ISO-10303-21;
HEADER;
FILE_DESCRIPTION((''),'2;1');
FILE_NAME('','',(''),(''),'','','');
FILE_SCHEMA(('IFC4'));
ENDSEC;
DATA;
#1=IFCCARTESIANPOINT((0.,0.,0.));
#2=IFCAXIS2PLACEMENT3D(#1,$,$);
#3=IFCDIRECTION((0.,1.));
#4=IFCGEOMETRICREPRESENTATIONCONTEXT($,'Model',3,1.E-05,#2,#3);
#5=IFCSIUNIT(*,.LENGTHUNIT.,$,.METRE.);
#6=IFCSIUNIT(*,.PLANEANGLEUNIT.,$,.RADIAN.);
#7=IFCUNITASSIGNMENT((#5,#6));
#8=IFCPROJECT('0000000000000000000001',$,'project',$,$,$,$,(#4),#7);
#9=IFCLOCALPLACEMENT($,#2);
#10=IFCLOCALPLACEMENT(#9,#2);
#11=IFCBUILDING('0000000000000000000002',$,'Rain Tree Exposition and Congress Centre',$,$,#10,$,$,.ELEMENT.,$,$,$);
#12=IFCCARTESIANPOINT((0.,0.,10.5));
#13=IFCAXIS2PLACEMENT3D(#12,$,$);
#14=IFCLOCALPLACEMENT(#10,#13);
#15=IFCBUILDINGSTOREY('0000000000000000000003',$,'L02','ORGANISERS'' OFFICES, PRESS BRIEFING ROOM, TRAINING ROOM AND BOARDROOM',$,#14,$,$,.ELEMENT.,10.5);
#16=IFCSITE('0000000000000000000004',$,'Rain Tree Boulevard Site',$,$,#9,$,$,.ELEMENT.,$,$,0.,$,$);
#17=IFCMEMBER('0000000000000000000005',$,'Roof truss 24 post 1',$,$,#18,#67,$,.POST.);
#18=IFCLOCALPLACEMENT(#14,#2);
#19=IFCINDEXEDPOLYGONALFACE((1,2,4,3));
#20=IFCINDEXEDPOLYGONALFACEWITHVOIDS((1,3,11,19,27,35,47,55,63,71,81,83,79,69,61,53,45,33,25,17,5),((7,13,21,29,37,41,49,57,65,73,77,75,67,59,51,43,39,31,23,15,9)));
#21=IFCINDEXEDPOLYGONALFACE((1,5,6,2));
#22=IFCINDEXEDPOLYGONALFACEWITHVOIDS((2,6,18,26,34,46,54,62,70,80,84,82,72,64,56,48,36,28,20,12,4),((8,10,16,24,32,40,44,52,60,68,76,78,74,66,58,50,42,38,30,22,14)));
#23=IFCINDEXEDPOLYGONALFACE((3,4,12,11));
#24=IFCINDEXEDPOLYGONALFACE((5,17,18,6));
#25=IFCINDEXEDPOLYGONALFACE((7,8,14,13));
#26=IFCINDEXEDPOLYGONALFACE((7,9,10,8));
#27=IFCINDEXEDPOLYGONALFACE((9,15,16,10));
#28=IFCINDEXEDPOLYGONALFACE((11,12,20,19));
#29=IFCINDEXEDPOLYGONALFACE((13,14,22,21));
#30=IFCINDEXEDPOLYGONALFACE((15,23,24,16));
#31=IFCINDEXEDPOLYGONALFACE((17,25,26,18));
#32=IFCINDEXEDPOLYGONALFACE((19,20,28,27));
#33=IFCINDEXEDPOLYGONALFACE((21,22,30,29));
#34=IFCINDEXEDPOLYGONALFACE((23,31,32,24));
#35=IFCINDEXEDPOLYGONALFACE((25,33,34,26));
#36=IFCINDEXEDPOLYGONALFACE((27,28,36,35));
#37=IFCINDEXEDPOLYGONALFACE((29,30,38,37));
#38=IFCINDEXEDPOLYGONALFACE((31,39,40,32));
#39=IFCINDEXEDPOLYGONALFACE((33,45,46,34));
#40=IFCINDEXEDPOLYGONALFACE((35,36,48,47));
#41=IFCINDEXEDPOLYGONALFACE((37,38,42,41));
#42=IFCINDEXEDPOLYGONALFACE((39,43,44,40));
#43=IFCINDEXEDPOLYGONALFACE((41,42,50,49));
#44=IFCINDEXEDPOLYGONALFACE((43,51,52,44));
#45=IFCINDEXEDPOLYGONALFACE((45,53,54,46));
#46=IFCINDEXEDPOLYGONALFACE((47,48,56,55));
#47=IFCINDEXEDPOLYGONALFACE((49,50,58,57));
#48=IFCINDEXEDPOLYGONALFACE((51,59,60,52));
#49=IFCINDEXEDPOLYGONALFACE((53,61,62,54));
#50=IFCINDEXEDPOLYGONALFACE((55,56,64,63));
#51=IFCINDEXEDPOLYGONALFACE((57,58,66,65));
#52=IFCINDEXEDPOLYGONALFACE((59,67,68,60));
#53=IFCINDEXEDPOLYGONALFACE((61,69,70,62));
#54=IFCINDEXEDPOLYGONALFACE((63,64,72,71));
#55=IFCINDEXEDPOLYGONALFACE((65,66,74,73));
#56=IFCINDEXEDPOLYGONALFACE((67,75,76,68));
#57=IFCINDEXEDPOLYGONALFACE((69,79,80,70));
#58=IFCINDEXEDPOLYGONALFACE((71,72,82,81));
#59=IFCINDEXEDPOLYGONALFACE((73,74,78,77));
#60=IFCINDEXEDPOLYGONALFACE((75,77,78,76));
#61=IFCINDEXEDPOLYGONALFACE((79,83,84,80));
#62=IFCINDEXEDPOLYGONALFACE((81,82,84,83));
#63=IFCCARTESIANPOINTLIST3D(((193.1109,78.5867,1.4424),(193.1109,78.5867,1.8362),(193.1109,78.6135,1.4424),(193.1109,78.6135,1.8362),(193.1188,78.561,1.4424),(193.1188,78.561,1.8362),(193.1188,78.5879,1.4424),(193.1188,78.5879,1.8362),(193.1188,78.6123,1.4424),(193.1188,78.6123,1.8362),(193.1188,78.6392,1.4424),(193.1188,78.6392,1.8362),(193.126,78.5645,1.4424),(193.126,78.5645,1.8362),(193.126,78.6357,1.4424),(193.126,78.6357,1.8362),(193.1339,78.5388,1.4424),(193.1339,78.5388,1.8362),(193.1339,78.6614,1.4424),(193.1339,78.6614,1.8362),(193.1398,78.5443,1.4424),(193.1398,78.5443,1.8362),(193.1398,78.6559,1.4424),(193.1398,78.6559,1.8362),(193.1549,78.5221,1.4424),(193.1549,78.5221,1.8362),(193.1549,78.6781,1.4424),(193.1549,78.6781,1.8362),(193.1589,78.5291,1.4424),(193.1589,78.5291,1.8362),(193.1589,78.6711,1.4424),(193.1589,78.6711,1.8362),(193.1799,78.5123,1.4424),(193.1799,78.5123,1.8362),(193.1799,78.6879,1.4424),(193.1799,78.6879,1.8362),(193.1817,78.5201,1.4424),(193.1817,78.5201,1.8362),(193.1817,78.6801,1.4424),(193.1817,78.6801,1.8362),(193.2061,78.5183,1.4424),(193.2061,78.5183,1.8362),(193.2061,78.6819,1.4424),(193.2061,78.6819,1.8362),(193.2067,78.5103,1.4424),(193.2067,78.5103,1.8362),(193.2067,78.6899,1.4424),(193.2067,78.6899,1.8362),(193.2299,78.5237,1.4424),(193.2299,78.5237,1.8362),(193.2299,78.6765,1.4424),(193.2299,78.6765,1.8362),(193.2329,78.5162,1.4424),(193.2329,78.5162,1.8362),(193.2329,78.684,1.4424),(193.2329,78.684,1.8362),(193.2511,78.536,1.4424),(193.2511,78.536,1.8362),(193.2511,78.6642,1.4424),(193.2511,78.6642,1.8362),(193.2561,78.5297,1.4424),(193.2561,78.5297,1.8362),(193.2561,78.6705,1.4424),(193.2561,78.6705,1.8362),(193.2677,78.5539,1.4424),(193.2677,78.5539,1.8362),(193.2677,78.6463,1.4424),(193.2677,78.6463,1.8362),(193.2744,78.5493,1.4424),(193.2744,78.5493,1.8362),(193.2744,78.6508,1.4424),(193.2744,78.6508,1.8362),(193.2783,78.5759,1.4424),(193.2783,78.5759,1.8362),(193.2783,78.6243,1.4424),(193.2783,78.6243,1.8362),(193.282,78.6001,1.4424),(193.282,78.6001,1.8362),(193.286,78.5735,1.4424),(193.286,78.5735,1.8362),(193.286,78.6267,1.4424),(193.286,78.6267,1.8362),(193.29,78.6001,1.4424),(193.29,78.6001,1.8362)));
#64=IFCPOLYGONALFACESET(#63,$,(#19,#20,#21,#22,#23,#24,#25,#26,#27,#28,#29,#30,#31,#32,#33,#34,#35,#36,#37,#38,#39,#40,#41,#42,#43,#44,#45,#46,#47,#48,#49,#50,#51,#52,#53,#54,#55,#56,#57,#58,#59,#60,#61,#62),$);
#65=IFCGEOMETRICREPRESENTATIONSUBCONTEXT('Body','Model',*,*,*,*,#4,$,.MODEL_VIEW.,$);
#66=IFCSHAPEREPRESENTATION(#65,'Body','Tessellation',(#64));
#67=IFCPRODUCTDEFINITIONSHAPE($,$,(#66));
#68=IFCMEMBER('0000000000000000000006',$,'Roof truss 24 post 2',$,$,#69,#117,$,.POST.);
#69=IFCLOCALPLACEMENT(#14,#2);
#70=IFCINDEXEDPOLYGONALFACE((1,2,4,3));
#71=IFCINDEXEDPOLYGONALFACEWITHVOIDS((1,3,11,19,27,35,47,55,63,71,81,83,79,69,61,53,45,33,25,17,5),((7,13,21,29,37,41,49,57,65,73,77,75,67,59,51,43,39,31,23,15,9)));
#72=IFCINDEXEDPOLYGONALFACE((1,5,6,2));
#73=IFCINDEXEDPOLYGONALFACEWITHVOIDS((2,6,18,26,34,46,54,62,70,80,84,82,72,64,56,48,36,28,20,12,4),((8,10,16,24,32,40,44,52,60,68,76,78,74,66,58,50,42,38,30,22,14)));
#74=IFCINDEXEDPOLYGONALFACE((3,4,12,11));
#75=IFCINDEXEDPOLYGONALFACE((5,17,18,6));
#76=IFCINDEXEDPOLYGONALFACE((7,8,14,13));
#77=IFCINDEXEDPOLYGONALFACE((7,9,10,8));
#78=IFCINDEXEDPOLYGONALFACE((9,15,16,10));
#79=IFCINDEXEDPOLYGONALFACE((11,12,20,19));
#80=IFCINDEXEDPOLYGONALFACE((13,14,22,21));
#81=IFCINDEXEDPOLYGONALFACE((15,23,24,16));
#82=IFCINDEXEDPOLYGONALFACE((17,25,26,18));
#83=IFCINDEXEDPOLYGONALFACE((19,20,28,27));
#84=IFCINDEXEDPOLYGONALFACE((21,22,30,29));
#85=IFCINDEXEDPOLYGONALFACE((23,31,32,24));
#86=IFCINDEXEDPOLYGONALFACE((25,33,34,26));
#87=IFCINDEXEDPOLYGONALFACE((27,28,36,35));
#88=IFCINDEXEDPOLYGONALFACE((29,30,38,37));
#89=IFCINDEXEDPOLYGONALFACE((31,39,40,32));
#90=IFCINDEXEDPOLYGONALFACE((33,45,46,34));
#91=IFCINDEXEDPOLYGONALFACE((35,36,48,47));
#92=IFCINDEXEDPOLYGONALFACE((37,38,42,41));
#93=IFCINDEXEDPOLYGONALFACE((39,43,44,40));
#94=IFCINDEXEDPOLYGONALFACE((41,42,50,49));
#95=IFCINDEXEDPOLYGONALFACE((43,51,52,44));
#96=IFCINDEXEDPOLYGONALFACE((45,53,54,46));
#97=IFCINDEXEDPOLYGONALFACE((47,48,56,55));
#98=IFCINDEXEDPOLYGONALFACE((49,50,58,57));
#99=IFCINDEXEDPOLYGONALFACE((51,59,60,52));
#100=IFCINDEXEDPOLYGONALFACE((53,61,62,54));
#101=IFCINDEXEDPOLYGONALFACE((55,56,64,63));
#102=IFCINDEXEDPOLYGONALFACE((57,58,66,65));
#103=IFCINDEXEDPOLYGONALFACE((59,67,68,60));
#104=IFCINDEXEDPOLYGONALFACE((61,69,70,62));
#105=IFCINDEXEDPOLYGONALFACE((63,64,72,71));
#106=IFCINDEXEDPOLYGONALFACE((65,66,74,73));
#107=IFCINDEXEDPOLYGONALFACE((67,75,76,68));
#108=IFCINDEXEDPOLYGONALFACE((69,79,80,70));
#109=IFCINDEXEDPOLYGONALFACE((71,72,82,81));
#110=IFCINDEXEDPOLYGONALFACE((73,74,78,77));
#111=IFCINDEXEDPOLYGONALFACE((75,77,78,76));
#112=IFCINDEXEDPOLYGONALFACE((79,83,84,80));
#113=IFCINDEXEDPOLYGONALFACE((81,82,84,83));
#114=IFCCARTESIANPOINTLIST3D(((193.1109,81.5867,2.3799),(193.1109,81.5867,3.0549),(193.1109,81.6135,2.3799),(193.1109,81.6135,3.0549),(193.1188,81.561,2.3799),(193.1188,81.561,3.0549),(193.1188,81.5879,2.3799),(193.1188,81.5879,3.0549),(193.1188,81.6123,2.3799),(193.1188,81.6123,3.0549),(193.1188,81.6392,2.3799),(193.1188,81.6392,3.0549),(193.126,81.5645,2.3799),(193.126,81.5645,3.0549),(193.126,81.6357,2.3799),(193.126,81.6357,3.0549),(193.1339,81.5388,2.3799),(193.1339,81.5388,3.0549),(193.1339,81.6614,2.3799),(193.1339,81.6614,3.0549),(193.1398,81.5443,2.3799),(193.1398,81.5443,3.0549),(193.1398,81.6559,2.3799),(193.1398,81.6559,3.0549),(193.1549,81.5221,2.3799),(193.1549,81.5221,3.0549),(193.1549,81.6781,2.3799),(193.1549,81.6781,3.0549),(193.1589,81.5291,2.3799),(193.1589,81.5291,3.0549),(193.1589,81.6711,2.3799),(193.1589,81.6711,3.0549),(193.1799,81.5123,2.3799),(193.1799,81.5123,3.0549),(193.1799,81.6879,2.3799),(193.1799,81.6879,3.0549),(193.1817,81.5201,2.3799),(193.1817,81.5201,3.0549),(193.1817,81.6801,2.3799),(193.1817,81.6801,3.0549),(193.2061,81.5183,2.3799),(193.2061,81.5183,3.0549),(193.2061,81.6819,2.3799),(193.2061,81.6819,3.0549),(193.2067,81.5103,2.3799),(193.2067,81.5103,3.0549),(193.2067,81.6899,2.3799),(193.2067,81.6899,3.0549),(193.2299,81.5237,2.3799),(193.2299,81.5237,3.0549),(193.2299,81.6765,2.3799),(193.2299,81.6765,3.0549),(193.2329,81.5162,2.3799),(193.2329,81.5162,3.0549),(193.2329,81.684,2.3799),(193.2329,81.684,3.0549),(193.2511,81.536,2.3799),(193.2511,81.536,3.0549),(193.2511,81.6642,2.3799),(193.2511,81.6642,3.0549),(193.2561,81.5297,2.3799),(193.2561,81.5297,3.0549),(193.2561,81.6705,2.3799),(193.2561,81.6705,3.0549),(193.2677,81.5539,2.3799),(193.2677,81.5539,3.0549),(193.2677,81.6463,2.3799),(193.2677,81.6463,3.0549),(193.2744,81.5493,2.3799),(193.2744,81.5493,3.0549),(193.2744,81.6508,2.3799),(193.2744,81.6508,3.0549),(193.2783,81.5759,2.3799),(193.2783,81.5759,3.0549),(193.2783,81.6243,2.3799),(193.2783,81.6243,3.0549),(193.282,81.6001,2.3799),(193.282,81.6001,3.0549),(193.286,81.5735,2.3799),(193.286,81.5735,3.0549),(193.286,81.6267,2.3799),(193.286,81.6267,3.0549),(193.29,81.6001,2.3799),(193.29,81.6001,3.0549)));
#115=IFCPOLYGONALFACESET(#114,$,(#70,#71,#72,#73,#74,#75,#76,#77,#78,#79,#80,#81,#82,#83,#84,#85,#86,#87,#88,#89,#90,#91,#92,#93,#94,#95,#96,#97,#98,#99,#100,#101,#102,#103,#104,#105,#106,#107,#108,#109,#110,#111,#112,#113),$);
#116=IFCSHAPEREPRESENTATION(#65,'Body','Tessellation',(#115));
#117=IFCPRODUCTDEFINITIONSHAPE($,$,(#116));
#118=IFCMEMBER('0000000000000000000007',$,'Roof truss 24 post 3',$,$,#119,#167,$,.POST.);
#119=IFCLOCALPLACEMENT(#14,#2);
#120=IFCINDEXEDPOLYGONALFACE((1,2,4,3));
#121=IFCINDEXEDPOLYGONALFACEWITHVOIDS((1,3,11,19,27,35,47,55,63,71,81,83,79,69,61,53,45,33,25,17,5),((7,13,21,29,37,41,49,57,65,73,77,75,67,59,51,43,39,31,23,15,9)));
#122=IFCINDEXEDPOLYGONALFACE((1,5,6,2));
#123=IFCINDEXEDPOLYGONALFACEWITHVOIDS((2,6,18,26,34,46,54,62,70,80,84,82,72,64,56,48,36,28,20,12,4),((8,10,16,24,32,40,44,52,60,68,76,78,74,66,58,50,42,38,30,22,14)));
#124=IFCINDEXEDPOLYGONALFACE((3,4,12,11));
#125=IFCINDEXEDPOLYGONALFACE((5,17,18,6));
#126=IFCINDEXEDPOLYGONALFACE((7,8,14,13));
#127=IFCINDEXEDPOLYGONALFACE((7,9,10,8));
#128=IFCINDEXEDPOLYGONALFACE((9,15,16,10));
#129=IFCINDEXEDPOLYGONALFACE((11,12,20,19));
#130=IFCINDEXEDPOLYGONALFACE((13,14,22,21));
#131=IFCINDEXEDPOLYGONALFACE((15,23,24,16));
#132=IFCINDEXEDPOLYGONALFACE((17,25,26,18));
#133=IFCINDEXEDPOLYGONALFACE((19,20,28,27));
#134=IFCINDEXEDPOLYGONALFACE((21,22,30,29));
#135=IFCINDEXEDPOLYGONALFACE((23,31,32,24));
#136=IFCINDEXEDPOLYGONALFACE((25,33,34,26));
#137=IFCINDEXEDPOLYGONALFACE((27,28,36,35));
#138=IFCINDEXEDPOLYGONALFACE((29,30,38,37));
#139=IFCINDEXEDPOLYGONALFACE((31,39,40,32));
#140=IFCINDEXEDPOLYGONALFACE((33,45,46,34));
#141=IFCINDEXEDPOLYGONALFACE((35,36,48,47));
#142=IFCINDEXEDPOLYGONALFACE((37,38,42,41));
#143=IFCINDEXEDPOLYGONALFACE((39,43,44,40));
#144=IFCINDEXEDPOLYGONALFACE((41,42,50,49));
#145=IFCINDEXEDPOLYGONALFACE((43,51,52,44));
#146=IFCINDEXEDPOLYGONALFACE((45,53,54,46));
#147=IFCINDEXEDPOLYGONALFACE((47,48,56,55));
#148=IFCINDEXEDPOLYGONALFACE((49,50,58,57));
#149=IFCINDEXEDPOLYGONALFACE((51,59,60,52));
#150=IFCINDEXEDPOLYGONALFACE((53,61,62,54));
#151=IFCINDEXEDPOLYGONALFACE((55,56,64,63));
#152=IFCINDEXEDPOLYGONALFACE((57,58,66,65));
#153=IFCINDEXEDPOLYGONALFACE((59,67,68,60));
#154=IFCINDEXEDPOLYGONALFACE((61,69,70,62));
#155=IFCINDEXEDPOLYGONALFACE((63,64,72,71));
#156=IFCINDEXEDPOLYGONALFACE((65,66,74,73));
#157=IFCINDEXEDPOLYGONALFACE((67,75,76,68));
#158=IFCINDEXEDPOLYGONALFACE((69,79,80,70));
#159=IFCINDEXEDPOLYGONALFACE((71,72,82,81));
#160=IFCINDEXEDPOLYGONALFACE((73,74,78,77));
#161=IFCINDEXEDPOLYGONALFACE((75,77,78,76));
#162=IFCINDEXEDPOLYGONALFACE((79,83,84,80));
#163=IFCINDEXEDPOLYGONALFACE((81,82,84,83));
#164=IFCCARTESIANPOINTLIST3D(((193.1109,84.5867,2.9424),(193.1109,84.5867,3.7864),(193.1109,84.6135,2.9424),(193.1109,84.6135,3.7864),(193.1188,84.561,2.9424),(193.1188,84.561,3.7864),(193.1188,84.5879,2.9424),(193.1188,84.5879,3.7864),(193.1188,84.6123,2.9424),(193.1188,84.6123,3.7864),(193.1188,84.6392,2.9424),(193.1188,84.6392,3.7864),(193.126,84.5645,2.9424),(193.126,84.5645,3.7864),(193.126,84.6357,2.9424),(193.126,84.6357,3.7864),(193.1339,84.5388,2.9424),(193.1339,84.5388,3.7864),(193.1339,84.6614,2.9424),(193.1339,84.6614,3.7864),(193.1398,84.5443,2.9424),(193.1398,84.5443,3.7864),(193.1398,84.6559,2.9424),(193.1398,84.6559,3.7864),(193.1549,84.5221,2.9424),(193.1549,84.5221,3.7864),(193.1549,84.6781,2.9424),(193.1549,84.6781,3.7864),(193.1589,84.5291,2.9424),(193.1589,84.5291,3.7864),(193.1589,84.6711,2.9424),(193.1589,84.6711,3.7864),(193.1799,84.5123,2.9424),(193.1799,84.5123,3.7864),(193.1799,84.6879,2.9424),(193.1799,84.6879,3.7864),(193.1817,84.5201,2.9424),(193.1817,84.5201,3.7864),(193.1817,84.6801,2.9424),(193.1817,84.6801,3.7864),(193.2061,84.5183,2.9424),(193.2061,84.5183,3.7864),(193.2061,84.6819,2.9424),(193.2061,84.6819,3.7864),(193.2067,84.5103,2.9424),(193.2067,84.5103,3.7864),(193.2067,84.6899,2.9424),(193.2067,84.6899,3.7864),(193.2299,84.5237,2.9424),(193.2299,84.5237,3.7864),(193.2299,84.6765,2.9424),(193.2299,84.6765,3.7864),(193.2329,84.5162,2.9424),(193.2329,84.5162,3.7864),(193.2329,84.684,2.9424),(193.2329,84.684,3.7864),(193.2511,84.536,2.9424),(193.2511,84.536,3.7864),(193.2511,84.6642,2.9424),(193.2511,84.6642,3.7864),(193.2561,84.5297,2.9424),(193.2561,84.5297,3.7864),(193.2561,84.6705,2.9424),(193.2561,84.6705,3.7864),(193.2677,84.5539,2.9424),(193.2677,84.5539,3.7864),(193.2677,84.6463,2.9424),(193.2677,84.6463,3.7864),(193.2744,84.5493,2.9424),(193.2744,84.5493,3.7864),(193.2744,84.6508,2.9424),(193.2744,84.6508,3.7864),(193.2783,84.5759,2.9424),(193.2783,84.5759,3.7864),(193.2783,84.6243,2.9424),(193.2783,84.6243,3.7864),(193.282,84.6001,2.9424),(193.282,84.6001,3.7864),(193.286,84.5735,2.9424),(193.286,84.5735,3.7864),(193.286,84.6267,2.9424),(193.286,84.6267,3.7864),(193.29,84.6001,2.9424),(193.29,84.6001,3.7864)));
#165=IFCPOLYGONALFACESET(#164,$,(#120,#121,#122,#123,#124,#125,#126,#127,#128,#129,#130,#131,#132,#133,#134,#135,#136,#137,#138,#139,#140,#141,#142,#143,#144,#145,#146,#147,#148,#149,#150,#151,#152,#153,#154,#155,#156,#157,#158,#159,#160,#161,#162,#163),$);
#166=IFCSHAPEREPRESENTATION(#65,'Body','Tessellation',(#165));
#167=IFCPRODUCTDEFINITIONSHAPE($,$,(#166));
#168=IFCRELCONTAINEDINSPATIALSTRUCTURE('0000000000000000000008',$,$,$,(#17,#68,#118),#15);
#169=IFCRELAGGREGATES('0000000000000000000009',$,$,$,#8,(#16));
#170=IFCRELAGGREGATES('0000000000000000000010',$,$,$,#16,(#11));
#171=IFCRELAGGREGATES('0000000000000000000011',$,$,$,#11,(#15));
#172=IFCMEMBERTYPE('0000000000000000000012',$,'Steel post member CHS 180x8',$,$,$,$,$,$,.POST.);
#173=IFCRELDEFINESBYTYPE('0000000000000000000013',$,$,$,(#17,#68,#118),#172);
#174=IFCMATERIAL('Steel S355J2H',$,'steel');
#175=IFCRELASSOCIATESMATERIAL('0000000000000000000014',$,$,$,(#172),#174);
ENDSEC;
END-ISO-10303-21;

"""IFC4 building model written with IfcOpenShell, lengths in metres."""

from ifc_helpers import new_model, si_unit, direction, frame, origin, origin_2d, place, context, subcontext, project, spatial, hollow_circle, extrude, material, material_profile, profile_set, type_object, element, save


model = new_model("IFC4")

# Units and contexts
model_context = context("Model", 3, precision=1e-05, world=origin(), true_north=direction((0.0, 1.0)))
body_context = subcontext(model_context, "Body", "Model", "MODEL_VIEW")
ifc_project = project(units=[si_unit("LENGTHUNIT", "METRE"), si_unit("PLANEANGLEUNIT", "RADIAN")], contexts=[model_context])

# Site, building, storey
site_placement = place(None, origin())
site = spatial("IfcSite", under=ifc_project, at=site_placement, Name="Rain Tree Boulevard Site", CompositionType="ELEMENT", RefElevation=0.0)
building_placement = place(site_placement, origin())
building = spatial("IfcBuilding", under=site, at=building_placement, Name="Rain Tree Exposition and Congress Centre", CompositionType="ELEMENT")
storey_placement = place(building_placement, frame((0.0, 0.0, 10.5)))
storey = spatial("IfcBuildingStorey", under=building, at=storey_placement, Name="L02", Description="ORGANISERS' OFFICES, PRESS BRIEFING ROOM, TRAINING ROOM AND BOARDROOM", CompositionType="ELEMENT", Elevation=10.5)

# Members
ifc_material_1 = material(Name="Steel S355J2H", Category="steel")
ifc_material_profile_1 = material_profile(ifc_material_1, hollow_circle(Radius=0.0901, WallThickness=0.0081, at=origin_2d()), Name="CHS 180x8")
ifc_profile_set_1 = profile_set([ifc_material_profile_1], Name="Steel S355J2H")
member_type_1 = type_object("IfcMemberType", Name="Steel post member CHS 180x8", PredefinedType="POST", material=ifc_profile_set_1)
member_1_placement = place(storey_placement, frame((193.2, 78.6001, 1.4424), z_axis=(0.0, 0.0, 1.0), x_axis=(1.0, 0.0, 0.0)))
element("IfcMember", 1, at=member_1_placement, inside=storey, type_object=member_type_1, Name="Roof truss 24 post 1", PredefinedType="POST", context=body_context, shape_type="SweptSolid", body=[
    extrude(hollow_circle(Radius=0.0901, WallThickness=0.0081, at=origin_2d()), origin(), (0.0, 0.0, 1.0), 0.3938),
])
member_2_placement = place(storey_placement, frame((193.2, 81.6001, 2.3799), z_axis=(0.0, 0.0, 1.0), x_axis=(1.0, 0.0, 0.0)))
element("IfcMember", 2, at=member_2_placement, inside=storey, type_object=member_type_1, Name="Roof truss 24 post 2", PredefinedType="POST", context=body_context, shape_type="SweptSolid", body=[
    extrude(hollow_circle(Radius=0.0901, WallThickness=0.0081, at=origin_2d()), origin(), (0.0, 0.0, 1.0), 0.675),
])
member_3_placement = place(storey_placement, frame((193.2, 84.6001, 2.9424), z_axis=(0.0, 0.0, 1.0), x_axis=(1.0, 0.0, 0.0)))
element("IfcMember", 3, at=member_3_placement, inside=storey, type_object=member_type_1, Name="Roof truss 24 post 3", PredefinedType="POST", context=body_context, shape_type="SweptSolid", body=[
    extrude(hollow_circle(Radius=0.0901, WallThickness=0.0081, at=origin_2d()), origin(), (0.0, 0.0, 1.0), 0.844),
])

save(model, "model.ifc")
